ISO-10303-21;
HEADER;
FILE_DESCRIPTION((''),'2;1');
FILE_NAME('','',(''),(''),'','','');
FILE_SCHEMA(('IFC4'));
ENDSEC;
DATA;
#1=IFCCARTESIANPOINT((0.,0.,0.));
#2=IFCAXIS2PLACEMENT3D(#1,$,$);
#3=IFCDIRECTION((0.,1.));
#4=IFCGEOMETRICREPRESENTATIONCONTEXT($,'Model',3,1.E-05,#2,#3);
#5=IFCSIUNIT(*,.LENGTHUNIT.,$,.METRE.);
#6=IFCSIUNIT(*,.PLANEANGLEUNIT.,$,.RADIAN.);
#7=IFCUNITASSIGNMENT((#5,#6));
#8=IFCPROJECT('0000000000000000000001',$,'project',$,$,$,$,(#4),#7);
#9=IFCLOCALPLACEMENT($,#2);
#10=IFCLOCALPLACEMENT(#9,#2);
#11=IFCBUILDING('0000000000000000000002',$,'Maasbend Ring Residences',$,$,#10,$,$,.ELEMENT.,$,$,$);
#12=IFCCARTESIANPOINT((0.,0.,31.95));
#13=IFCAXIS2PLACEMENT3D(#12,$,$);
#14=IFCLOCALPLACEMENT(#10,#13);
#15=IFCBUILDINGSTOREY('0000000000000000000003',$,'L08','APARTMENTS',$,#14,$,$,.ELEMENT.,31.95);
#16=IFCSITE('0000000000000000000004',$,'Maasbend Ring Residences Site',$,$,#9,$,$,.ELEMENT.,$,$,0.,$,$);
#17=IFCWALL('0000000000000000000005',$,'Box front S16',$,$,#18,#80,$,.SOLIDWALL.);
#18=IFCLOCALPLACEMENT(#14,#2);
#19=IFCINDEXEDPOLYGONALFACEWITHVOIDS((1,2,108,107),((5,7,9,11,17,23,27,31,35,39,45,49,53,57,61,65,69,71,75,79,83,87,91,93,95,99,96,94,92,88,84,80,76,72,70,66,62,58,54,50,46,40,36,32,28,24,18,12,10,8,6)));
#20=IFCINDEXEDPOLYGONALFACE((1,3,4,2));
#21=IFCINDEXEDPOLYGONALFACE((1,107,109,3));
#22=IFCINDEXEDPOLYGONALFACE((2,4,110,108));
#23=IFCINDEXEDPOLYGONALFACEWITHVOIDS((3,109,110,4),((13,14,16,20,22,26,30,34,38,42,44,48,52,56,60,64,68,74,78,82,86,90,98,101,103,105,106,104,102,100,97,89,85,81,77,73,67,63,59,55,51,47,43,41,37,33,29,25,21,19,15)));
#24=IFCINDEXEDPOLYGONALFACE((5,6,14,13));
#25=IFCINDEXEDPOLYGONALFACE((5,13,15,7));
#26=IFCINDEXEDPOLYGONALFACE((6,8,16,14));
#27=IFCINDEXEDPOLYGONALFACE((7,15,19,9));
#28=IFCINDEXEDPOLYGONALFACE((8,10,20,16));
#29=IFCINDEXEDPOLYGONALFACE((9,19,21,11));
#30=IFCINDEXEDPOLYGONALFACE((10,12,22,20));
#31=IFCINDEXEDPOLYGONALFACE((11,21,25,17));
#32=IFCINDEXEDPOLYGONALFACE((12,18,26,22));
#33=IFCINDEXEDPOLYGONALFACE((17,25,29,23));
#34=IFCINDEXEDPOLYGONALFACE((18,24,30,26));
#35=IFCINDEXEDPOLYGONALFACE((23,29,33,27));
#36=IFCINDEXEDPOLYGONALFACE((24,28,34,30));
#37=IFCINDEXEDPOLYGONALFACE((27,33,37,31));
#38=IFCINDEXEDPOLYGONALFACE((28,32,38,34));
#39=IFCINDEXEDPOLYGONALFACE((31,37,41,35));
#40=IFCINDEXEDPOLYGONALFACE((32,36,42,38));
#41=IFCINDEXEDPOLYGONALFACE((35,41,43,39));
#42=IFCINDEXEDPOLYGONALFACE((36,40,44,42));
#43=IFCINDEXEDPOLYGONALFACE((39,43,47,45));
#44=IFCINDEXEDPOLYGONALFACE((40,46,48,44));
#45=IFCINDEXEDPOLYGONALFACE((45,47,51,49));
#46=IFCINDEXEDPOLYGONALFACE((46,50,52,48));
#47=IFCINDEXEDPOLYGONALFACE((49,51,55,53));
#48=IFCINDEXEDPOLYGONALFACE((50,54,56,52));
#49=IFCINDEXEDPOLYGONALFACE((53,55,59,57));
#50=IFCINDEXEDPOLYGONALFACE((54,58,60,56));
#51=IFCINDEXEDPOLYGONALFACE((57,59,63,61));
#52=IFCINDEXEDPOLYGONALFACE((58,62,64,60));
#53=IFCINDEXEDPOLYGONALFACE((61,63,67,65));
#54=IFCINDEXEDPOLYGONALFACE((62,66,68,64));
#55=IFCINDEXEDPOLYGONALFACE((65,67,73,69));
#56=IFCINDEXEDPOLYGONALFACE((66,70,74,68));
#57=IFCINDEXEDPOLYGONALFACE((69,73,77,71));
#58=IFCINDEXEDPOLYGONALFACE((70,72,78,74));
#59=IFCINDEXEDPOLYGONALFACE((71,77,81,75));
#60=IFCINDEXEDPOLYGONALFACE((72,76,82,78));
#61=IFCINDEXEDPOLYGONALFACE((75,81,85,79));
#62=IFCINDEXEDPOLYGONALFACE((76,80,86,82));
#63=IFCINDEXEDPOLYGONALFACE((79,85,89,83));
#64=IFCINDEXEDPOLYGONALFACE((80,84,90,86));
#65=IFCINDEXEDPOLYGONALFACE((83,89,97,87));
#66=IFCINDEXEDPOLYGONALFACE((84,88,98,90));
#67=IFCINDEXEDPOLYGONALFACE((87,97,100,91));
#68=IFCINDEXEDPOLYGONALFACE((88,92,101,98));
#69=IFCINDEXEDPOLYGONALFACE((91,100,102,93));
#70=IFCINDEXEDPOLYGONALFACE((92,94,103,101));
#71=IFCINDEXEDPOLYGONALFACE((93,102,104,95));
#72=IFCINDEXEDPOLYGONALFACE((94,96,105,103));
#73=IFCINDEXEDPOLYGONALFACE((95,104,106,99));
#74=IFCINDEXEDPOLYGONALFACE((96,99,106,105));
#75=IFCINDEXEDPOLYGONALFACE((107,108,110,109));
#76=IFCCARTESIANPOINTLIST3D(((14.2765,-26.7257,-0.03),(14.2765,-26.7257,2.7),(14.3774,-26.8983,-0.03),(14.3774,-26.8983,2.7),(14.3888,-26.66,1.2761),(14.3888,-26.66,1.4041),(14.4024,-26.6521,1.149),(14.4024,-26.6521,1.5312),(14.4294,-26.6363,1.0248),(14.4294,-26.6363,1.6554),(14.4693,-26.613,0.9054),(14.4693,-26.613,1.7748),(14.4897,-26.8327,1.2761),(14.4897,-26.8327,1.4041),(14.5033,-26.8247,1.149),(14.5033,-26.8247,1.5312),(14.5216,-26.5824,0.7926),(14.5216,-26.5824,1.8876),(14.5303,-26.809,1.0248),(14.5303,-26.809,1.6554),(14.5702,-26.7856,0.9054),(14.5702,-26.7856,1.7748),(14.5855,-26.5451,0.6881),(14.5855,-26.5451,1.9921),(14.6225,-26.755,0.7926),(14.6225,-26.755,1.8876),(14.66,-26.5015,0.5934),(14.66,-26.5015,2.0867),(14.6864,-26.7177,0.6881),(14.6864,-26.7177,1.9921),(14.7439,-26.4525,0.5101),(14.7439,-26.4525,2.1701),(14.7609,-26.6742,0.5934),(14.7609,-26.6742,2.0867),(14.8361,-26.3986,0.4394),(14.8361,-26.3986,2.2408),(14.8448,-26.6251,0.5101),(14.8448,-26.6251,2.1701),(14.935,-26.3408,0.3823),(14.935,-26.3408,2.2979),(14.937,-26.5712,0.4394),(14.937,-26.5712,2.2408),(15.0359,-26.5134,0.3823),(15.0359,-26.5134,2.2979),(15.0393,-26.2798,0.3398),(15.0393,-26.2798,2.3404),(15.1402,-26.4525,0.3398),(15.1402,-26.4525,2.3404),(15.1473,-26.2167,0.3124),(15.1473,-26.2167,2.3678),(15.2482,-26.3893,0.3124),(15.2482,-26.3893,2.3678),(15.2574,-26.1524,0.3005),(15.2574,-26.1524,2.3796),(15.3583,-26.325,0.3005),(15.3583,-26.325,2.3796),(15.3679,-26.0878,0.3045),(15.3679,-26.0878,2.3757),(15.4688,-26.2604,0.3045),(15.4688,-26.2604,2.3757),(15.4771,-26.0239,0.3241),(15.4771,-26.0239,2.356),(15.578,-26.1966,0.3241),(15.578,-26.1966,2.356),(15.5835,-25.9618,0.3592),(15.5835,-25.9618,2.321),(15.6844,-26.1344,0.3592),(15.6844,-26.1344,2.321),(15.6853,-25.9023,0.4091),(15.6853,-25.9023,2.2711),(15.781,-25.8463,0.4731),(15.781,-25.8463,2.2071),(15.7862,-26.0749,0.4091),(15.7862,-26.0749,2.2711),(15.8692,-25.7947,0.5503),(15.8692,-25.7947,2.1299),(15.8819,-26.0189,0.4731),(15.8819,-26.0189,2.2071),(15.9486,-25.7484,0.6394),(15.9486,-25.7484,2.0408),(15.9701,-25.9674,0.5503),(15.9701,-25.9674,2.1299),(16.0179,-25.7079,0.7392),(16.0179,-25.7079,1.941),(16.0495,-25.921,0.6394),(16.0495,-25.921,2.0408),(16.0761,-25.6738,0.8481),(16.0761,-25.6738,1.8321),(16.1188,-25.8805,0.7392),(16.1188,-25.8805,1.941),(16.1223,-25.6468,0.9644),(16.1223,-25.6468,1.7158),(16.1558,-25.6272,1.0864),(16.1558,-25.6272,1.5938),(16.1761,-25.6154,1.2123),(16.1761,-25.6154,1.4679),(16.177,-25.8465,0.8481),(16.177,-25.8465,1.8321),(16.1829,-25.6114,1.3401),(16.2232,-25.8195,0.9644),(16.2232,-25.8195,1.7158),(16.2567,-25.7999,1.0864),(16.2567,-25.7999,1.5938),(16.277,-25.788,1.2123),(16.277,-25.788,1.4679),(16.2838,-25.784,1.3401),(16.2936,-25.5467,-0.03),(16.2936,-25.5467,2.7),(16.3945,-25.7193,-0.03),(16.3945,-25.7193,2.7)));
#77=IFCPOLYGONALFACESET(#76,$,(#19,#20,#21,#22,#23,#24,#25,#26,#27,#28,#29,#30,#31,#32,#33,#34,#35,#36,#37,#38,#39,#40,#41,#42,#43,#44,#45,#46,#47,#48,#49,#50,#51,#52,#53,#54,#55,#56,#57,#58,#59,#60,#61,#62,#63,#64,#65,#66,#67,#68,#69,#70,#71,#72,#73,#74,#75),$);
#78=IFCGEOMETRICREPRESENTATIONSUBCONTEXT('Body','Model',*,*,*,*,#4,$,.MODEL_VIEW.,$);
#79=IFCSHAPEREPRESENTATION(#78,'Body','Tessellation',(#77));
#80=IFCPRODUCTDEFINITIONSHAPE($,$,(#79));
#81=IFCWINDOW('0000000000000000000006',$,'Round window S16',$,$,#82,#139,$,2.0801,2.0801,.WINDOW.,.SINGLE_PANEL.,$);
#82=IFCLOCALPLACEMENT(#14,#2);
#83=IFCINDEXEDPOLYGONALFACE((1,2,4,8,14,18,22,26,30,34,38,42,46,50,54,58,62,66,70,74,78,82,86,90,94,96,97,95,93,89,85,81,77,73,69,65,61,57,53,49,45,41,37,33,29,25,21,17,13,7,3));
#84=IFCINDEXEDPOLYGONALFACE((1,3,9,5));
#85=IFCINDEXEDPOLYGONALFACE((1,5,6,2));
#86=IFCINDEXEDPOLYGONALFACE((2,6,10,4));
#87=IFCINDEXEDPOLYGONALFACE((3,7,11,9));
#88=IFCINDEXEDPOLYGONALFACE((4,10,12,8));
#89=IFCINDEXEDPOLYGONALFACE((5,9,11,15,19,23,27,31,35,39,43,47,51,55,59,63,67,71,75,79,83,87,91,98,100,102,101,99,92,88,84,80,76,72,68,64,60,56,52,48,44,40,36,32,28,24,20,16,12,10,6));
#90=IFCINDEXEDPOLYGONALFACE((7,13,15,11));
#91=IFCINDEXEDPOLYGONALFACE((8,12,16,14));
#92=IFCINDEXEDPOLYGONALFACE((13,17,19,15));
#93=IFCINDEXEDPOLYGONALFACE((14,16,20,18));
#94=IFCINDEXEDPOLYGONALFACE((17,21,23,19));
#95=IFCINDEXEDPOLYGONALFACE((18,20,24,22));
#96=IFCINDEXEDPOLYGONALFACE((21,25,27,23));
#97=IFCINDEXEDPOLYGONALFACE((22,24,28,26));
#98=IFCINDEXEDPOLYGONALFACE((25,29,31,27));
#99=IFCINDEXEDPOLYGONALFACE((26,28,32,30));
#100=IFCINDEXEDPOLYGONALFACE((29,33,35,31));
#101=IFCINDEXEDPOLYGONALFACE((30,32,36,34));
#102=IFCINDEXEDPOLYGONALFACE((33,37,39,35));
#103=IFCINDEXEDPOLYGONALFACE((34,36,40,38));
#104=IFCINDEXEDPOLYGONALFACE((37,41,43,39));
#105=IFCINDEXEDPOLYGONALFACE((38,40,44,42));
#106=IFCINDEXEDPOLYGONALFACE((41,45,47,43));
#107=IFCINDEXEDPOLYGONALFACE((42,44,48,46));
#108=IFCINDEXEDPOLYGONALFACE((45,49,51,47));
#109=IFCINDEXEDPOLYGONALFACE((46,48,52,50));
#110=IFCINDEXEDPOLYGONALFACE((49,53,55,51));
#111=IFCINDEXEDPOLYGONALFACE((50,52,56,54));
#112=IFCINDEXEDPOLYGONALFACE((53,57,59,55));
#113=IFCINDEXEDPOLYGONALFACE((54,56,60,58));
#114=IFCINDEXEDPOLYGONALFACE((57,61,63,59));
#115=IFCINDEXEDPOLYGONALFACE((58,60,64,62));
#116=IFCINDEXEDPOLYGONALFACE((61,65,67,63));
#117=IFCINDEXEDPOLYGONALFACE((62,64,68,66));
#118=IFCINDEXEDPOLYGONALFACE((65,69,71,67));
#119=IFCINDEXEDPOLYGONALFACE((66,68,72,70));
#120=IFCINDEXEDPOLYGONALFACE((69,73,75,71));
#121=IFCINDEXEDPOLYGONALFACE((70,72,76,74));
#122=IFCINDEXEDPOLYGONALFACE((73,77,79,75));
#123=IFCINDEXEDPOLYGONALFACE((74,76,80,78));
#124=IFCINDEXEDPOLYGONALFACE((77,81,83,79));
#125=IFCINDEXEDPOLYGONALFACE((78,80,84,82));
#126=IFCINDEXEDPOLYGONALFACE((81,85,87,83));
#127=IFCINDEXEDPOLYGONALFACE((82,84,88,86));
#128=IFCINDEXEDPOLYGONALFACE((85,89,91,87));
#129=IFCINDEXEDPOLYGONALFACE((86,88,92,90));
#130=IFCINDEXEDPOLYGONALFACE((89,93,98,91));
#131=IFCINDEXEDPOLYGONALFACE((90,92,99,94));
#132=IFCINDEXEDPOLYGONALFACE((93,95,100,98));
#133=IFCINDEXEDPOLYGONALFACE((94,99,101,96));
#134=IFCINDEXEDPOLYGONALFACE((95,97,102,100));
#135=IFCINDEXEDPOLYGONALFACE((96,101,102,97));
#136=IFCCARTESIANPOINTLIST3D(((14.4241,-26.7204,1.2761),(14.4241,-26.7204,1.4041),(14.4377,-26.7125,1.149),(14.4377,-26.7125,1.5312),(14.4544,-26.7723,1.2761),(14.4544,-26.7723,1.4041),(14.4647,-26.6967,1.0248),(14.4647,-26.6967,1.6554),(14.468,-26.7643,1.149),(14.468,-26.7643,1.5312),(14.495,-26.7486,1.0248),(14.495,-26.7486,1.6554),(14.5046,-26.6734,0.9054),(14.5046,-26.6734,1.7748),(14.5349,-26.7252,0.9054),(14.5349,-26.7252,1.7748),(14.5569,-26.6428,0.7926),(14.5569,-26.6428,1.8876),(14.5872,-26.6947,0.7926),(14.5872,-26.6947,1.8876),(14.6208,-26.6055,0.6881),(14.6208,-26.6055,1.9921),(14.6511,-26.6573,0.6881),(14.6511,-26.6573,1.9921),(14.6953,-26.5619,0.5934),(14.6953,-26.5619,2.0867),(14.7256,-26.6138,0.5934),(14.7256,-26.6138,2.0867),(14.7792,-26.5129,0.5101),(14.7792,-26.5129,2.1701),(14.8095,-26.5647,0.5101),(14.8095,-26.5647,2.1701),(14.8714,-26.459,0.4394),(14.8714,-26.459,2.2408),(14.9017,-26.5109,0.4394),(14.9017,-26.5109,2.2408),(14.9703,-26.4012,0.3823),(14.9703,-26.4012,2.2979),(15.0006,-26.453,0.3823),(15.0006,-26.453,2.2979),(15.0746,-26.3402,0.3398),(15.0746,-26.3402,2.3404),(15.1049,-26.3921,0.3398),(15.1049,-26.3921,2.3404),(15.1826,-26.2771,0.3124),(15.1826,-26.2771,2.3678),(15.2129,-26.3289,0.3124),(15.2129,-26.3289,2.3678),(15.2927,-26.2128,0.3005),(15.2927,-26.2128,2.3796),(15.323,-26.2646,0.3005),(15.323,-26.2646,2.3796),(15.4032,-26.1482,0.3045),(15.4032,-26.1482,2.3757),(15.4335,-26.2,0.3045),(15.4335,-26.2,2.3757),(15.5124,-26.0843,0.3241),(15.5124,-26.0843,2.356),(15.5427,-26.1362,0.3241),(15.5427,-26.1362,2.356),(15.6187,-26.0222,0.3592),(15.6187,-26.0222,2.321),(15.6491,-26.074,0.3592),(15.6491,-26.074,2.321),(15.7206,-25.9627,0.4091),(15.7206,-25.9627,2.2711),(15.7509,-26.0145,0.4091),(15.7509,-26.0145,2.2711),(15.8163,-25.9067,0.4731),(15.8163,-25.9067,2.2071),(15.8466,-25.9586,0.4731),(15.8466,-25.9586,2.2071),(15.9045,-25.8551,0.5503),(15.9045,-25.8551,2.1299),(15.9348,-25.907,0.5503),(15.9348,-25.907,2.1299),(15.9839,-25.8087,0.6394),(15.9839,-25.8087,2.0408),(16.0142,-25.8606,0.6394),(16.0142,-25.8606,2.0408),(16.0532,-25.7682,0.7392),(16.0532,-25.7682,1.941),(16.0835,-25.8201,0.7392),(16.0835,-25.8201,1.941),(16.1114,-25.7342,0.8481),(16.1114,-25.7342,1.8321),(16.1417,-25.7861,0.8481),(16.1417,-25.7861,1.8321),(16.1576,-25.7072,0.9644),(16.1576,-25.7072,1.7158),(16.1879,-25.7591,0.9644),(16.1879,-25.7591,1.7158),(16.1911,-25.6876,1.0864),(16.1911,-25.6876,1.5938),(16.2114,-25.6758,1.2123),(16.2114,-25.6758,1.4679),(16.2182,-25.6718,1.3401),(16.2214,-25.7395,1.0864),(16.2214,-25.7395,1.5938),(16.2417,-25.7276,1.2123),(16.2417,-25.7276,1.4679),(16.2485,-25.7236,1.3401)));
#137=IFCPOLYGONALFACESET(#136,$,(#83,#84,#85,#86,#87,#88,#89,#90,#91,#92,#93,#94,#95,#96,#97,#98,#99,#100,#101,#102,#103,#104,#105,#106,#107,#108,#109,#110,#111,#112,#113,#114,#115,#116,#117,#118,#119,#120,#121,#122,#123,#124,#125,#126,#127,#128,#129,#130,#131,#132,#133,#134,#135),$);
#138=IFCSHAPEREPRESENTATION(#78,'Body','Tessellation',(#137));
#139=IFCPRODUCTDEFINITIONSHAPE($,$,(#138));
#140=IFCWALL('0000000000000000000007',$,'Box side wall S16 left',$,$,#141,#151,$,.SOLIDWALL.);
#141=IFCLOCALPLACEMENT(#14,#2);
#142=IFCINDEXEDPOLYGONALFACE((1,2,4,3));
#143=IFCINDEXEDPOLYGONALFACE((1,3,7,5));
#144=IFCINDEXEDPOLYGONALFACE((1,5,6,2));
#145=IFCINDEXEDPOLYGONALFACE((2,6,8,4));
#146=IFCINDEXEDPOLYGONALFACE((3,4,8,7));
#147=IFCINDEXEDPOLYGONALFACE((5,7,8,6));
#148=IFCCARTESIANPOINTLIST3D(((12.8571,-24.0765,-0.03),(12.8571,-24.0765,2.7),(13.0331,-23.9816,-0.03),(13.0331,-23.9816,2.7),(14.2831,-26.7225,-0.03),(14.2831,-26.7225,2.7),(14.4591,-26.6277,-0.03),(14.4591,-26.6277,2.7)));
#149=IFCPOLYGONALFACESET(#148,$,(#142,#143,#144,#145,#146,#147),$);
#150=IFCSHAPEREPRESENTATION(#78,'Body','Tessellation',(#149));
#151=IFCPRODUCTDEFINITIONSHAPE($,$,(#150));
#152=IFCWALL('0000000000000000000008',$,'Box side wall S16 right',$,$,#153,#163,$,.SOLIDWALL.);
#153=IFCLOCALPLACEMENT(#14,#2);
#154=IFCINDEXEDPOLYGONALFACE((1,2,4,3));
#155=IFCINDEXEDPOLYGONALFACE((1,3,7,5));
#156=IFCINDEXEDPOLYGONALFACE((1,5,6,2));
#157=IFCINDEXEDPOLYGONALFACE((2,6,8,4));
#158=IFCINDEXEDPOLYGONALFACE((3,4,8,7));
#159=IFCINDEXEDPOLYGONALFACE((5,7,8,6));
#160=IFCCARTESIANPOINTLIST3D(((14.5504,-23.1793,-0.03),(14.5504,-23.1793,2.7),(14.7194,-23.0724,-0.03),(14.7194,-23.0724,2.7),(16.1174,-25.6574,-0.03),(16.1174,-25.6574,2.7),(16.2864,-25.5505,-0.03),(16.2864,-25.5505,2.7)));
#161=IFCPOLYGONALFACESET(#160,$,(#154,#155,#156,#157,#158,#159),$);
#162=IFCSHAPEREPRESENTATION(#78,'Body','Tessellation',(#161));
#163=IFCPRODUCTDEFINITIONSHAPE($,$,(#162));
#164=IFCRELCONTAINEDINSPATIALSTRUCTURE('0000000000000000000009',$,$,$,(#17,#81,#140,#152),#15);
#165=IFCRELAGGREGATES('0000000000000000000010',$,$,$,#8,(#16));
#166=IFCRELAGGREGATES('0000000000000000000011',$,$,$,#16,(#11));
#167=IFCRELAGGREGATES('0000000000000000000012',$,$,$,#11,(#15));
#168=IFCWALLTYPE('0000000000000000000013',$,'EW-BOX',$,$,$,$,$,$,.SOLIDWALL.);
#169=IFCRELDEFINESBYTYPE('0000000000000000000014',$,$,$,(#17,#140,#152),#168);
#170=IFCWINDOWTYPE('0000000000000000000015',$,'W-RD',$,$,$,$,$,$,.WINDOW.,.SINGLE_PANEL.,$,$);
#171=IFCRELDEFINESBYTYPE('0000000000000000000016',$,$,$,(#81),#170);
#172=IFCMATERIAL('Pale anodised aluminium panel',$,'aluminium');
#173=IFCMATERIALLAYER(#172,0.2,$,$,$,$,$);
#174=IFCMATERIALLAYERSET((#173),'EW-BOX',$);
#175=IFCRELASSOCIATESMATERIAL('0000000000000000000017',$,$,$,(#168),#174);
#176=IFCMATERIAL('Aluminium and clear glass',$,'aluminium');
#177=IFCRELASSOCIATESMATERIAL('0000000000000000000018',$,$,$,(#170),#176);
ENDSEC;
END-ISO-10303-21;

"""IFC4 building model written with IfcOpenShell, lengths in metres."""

from ifc_helpers import new_model, si_unit, direction, frame, frame_2d, origin, place, context, subcontext, project, spatial, rectangle, circle, extrude, material, layer, layer_set, type_object, element, fill, save


model = new_model("IFC4")

# Units and contexts
model_context = context("Model", 3, precision=1e-05, world=origin(), true_north=direction((0.0, 1.0)))
body_context = subcontext(model_context, "Body", "Model", "MODEL_VIEW")
ifc_project = project(units=[si_unit("LENGTHUNIT", "METRE"), si_unit("PLANEANGLEUNIT", "RADIAN")], contexts=[model_context])

# Site, building, storey
site_placement = place(None, origin())
site = spatial("IfcSite", under=ifc_project, at=site_placement, Name="Maasbend Ring Residences Site", CompositionType="ELEMENT", RefElevation=0.0)
building_placement = place(site_placement, origin())
building = spatial("IfcBuilding", under=site, at=building_placement, Name="Maasbend Ring Residences", CompositionType="ELEMENT")
storey_placement = place(building_placement, frame((0.0, 0.0, 31.95)))
storey = spatial("IfcBuildingStorey", under=building, at=storey_placement, Name="L08", Description="APARTMENTS", CompositionType="ELEMENT", Elevation=31.95)

# Wall, opening, window
ifc_material_1 = material(Name="Pale anodised aluminium panel", Category="aluminium")
ifc_layer_1 = layer(ifc_material_1, 0.2)
ifc_layer_set_1 = layer_set([ifc_layer_1], Name="EW-BOX")
wall_type_1 = type_object("IfcWallType", Name="EW-BOX", PredefinedType="SOLIDWALL", material=ifc_layer_set_1)
wall_1_placement = place(storey_placement, frame((14.3269, -26.812, -0.03), z_axis=(0.0, 0.0, 1.0), x_axis=(0.863347, 0.504612, 0.0)))
wall_1 = element("IfcWall", 1, at=wall_1_placement, inside=storey, type_object=wall_type_1, Name="Box front S16", PredefinedType="SOLIDWALL", context=body_context, shape_type="SweptSolid", body=[
    extrude(rectangle(XDim=2.3364, YDim=0.2, at=frame_2d((1.1682, 0.0))), origin(), (0.0, 0.0, 1.0), 2.73),
])
opening_1_placement = place(wall_1_placement, frame((0.1282, 0.0, 0.3301)))
opening_1 = element("IfcOpeningElement", 2, at=opening_1_placement, cuts=wall_1, PredefinedType="OPENING", context=body_context, shape_type="SweptSolid", body=[
    extrude(circle(Radius=1.04, at=frame_2d((1.04, 1.04))), frame((0.0, 0.1099, 0.0), z_axis=(0.0, -1.0, 0.0), x_axis=(1.0, 0.0, 0.0)), (0.0, 0.0, 1.0), 0.22),
])
ifc_material_2 = material(Name="Aluminium and clear glass", Category="aluminium")
window_type_1 = type_object("IfcWindowType", Name="W-RD", PartitioningType="SINGLE_PANEL", PredefinedType="WINDOW", material=ifc_material_2)
window_1_placement = place(opening_1_placement, origin())
window_1 = element("IfcWindow", 3, at=window_1_placement, inside=storey, type_object=window_type_1, Name="Round window S16", OverallHeight=2.0801, OverallWidth=2.0801, PartitioningType="SINGLE_PANEL", PredefinedType="WINDOW", context=body_context, shape_type="SweptSolid", body=[
    extrude(circle(Radius=1.04, at=frame_2d((1.04, 1.04))), frame((0.0, 0.03, 0.0), z_axis=(0.0, -1.0, 0.0), x_axis=(1.0, 0.0, 0.0)), (0.0, 0.0, 1.0), 0.0601),
])
fill(opening_1, window_1)

# Walls
wall_2_placement = place(storey_placement, frame((12.9451, -24.0291, -0.03), z_axis=(0.0, 0.0, 1.0), x_axis=(0.474424, -0.880296, 0.0)))
element("IfcWall", 4, at=wall_2_placement, inside=storey, type_object=wall_type_1, Name="Box side wall S16 left", PredefinedType="SOLIDWALL", context=body_context, shape_type="SweptSolid", body=[
    extrude(rectangle(XDim=3.0059, YDim=0.2, at=frame_2d((1.5029, 0.0))), origin(), (0.0, 0.0, 1.0), 2.73),
])
wall_3_placement = place(storey_placement, frame((14.635, -23.126, -0.03), z_axis=(0.0, 0.0, 1.0), x_axis=(0.534438, -0.845208, 0.0)))
element("IfcWall", 5, at=wall_3_placement, inside=storey, type_object=wall_type_1, Name="Box side wall S16 right", PredefinedType="SOLIDWALL", context=body_context, shape_type="SweptSolid", body=[
    extrude(rectangle(XDim=2.9319, YDim=0.2, at=frame_2d((1.4658, 0.0))), origin(), (0.0, 0.0, 1.0), 2.73),
])

save(model, "model.ifc")
